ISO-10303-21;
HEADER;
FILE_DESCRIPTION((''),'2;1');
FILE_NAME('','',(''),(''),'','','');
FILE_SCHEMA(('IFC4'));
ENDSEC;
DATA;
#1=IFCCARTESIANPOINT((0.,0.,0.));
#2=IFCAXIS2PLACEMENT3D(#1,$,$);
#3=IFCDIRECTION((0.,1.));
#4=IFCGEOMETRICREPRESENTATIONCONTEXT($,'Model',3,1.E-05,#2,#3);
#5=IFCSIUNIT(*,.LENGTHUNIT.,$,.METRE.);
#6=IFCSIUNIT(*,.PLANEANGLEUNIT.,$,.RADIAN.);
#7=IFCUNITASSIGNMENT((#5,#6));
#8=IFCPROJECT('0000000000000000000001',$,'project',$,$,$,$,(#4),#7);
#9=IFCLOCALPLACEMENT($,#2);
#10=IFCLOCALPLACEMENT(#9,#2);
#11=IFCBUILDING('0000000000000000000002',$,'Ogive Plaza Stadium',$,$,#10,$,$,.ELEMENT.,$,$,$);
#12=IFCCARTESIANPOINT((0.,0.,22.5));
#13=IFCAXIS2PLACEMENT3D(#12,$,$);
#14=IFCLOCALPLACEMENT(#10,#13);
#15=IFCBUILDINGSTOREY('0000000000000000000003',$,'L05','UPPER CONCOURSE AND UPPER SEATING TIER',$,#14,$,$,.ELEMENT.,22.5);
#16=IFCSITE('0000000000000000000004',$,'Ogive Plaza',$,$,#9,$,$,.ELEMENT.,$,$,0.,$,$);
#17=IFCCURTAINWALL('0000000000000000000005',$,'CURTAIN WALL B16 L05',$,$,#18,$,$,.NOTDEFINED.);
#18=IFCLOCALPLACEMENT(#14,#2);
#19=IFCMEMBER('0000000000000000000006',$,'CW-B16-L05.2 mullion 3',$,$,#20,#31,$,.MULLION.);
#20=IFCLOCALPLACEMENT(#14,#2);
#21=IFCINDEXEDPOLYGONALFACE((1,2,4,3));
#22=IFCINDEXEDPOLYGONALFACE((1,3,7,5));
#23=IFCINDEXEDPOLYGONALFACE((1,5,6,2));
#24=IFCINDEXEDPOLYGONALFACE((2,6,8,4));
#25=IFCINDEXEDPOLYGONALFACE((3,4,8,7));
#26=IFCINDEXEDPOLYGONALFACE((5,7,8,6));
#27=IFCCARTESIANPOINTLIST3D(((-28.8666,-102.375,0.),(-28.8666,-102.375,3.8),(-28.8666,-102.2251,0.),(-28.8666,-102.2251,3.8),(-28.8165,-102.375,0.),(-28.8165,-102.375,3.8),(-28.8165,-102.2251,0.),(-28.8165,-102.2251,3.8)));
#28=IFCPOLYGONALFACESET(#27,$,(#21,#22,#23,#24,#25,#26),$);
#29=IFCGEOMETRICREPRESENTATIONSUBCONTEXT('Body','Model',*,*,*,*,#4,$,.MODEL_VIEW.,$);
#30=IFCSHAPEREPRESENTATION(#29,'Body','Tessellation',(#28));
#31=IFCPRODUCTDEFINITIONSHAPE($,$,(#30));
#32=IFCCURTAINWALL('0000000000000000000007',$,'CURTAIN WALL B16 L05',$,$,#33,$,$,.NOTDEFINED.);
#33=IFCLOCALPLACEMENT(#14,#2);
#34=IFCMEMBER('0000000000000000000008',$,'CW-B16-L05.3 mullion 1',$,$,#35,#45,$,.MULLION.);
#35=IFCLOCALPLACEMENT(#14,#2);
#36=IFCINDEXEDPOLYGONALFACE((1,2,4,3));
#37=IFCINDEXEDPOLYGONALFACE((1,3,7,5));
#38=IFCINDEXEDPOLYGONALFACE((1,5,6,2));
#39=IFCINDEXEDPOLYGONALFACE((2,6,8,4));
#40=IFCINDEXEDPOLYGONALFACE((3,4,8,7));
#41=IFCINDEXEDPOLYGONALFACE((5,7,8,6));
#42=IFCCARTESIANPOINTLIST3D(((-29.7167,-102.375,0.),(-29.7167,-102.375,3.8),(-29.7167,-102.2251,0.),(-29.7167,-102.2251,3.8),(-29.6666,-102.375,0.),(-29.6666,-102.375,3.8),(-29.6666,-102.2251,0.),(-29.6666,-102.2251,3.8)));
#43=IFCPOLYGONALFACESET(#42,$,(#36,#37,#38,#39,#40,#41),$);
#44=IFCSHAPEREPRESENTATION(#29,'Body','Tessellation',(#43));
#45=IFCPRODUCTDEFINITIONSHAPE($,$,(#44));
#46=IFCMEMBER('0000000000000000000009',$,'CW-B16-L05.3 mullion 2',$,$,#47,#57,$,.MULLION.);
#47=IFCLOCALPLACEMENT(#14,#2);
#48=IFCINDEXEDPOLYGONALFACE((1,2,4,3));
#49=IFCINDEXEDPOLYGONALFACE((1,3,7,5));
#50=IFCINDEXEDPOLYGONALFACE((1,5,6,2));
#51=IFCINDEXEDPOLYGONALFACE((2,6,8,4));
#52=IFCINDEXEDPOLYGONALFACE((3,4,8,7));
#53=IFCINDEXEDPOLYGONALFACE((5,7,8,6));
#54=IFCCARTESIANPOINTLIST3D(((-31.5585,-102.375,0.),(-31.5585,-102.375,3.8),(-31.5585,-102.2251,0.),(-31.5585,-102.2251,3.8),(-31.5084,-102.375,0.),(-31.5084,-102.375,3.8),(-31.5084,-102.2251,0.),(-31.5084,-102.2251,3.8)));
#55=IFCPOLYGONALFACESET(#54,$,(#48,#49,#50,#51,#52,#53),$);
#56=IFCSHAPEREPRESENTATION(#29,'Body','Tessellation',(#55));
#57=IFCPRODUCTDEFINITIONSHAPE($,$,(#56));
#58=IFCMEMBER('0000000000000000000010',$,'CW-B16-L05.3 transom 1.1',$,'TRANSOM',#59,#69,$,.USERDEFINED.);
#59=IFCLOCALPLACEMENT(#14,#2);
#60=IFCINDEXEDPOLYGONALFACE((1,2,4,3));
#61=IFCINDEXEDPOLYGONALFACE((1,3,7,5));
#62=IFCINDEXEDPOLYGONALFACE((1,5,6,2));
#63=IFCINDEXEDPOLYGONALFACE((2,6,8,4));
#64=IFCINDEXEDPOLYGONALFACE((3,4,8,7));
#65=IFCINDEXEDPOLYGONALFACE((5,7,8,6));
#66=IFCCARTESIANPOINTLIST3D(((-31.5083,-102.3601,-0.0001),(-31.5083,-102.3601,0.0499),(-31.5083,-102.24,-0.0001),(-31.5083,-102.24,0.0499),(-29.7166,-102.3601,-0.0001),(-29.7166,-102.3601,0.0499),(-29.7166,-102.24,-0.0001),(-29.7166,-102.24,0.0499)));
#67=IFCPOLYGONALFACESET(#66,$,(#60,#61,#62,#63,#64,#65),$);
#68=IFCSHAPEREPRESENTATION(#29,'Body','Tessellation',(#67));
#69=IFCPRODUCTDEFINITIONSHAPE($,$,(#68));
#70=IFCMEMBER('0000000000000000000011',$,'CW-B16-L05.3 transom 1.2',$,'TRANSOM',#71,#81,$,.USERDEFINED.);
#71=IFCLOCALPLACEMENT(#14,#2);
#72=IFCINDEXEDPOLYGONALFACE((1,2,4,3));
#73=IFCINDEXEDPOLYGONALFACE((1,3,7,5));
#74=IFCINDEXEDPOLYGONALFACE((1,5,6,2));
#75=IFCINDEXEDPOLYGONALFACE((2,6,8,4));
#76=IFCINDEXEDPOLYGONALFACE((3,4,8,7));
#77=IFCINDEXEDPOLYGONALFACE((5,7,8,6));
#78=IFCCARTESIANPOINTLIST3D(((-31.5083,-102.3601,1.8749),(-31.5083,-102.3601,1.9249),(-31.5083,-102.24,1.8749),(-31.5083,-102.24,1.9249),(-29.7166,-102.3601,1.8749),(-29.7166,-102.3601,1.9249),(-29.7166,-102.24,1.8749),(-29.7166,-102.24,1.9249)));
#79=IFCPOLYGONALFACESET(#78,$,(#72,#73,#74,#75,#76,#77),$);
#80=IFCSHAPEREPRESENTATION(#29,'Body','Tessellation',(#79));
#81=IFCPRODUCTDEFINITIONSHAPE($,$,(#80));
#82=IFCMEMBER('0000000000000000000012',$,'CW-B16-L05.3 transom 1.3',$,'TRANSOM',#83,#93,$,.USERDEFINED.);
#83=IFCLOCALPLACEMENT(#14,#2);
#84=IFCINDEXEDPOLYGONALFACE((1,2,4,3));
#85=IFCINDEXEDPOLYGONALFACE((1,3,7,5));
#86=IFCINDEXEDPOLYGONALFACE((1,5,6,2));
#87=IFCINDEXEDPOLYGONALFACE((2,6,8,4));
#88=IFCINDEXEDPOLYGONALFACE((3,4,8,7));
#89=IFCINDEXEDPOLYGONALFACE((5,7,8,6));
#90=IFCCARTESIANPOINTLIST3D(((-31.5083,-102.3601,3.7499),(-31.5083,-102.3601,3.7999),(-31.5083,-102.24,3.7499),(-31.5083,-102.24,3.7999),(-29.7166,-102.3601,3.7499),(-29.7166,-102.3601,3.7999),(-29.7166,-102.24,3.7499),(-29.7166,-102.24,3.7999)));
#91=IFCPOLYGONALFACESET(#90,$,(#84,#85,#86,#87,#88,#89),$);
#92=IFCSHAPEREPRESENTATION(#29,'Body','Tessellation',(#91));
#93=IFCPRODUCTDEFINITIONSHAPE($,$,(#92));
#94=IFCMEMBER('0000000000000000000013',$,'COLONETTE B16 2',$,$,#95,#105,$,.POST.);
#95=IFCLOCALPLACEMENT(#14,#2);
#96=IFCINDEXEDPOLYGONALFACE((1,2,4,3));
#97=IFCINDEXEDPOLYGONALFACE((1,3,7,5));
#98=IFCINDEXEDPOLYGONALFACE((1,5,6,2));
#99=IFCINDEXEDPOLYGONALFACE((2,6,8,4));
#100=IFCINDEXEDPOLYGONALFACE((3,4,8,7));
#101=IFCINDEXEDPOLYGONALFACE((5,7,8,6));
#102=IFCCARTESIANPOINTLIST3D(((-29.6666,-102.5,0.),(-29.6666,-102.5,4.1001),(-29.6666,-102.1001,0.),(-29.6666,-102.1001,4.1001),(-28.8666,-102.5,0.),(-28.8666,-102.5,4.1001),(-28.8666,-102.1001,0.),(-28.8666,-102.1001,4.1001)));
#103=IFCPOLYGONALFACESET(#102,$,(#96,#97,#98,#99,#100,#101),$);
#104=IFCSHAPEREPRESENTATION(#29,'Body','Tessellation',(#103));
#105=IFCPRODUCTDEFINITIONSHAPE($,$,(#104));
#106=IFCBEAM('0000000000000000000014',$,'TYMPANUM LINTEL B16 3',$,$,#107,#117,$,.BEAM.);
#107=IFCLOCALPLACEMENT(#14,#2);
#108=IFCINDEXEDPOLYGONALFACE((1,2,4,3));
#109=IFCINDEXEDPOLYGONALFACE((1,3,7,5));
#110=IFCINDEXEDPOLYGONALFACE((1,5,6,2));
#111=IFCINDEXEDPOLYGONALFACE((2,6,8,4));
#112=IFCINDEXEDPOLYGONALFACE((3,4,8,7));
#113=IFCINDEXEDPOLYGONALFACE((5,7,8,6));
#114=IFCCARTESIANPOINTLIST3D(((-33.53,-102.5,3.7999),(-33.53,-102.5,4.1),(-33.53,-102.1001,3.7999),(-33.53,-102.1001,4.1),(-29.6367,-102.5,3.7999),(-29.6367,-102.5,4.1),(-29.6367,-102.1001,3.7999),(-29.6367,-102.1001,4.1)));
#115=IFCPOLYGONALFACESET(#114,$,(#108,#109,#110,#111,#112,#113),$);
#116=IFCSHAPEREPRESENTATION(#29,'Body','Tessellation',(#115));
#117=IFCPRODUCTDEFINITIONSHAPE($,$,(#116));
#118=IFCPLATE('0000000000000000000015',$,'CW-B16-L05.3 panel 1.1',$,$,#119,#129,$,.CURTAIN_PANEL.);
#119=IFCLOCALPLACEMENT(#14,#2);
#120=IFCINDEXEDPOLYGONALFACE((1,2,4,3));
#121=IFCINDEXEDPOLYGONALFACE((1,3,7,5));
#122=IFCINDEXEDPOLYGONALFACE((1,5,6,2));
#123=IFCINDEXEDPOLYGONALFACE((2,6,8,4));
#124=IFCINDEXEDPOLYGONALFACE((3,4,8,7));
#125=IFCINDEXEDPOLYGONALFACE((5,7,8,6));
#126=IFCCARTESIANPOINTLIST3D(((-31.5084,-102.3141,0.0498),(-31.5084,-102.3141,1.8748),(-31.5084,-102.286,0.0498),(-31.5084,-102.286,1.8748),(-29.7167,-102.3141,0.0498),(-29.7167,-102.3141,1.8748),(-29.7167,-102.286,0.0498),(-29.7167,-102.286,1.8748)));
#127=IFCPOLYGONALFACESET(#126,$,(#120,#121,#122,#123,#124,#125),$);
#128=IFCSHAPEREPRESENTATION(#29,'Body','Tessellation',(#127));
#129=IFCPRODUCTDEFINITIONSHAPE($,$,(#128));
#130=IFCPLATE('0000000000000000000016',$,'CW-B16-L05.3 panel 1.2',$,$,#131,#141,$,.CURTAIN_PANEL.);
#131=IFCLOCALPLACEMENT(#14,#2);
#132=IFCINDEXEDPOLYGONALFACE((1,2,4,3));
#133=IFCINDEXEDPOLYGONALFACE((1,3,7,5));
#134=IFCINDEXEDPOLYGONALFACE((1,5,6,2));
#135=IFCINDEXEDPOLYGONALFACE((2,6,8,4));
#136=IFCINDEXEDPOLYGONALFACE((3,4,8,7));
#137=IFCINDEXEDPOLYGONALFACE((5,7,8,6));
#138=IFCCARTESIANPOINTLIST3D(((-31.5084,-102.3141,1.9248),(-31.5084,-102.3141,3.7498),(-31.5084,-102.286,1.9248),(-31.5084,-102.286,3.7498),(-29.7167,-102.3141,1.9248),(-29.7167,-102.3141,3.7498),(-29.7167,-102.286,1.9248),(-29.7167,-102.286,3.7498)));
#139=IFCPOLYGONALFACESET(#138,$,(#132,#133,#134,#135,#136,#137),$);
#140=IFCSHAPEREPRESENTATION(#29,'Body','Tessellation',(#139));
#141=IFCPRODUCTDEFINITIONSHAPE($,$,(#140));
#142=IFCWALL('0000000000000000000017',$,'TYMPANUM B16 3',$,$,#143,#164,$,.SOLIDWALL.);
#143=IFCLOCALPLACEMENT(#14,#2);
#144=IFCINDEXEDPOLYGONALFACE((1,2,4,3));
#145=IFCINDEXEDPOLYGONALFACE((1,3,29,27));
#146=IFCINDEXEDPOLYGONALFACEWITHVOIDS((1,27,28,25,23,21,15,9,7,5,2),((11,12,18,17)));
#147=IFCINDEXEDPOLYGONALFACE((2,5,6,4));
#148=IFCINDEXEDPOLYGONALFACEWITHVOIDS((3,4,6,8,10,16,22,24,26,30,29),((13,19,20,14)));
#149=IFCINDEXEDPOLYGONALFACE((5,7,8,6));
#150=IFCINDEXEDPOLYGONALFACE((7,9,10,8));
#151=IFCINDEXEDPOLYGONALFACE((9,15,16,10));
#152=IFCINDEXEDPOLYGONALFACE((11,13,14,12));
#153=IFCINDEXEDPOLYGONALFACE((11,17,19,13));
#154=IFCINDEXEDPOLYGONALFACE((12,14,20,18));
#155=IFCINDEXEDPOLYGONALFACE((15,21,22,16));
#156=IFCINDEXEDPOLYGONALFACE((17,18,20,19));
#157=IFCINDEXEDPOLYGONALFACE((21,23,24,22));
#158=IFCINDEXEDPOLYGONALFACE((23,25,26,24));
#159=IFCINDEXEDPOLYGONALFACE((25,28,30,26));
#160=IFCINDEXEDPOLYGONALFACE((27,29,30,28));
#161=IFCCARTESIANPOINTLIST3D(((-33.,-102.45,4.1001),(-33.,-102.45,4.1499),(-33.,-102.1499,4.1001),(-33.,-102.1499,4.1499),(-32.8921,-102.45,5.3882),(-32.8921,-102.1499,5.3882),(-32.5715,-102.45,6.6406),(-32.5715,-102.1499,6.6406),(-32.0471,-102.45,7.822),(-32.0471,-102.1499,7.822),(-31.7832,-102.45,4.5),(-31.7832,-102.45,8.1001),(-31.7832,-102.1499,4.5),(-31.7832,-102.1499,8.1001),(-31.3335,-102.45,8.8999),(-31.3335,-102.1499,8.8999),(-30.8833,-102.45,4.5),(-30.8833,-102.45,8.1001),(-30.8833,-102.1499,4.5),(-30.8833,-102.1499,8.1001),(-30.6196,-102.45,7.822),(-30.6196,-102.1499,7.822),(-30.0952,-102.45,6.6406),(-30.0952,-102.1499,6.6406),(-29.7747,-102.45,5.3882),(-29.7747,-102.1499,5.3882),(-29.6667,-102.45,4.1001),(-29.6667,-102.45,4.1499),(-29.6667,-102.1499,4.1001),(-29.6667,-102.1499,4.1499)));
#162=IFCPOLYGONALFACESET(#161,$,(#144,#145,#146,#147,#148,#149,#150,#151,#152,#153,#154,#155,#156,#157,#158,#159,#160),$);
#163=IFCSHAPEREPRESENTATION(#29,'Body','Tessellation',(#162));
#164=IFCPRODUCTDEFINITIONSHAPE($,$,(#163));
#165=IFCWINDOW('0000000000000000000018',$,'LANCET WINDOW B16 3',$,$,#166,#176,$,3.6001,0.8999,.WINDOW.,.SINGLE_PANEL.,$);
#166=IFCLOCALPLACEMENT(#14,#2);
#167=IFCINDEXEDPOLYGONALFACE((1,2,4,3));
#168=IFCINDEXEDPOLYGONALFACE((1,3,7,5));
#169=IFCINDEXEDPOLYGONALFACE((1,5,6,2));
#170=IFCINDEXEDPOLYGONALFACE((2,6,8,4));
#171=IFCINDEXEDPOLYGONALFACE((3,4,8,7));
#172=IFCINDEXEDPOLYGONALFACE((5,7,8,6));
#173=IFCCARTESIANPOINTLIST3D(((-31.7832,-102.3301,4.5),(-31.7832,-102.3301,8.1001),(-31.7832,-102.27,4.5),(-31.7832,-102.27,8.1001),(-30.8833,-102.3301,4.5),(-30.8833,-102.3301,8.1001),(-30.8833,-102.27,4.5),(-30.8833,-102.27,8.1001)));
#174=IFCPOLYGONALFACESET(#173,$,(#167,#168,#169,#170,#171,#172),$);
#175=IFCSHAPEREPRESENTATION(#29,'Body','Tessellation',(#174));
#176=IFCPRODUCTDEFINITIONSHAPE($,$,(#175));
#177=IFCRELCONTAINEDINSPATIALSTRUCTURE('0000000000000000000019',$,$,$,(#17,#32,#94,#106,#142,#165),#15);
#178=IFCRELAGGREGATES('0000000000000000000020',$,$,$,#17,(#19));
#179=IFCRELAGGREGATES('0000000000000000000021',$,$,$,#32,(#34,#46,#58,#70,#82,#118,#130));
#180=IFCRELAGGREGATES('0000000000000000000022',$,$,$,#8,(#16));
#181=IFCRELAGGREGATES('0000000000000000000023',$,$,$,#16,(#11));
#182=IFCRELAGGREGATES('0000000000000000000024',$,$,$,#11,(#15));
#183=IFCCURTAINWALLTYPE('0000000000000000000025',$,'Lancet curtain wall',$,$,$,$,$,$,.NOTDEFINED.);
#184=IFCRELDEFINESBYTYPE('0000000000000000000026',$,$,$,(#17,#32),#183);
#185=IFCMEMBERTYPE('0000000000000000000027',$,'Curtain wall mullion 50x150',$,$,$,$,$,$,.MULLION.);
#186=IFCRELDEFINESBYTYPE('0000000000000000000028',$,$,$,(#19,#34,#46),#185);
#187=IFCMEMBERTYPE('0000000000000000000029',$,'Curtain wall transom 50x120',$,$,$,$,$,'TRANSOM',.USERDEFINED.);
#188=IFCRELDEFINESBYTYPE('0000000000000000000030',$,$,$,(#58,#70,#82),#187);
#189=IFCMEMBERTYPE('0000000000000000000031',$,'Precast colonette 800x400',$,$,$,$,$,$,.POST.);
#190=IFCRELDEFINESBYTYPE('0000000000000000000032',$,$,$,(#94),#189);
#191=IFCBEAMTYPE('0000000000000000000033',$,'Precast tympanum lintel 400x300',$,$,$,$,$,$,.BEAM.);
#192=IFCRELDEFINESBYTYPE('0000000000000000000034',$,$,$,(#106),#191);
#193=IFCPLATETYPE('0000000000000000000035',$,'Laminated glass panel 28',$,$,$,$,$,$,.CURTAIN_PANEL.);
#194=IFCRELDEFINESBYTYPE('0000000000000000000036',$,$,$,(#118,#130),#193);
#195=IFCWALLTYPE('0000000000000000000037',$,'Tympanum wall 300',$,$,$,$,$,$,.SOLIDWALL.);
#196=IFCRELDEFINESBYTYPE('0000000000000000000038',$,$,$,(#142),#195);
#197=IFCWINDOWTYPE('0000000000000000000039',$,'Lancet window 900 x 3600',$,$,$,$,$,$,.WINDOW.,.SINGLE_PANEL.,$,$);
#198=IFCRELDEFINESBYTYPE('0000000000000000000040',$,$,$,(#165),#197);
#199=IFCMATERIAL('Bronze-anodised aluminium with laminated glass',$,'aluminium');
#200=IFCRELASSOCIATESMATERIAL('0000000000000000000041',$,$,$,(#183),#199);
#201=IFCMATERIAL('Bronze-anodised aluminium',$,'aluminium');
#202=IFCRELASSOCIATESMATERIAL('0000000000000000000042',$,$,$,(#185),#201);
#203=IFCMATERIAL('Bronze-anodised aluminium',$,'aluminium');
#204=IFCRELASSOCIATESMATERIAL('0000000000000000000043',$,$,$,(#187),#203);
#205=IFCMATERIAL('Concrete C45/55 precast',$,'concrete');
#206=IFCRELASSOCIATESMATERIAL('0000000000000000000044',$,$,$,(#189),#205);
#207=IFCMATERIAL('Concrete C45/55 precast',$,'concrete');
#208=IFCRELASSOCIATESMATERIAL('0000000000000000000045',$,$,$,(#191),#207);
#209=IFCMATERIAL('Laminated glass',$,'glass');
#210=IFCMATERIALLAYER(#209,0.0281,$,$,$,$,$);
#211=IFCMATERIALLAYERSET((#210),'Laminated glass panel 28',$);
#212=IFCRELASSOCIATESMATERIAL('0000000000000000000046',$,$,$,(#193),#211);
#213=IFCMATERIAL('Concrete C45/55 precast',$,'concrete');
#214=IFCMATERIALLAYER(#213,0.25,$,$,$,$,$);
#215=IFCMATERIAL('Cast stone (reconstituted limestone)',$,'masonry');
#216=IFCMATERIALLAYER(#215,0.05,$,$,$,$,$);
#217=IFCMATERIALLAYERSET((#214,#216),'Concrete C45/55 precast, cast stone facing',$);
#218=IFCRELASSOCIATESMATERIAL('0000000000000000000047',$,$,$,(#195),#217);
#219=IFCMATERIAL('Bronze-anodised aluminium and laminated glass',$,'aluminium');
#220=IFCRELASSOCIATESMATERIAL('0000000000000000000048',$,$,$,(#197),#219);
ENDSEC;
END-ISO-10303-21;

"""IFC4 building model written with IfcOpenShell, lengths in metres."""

from ifc_helpers import new_model, si_unit, direction, frame, frame_2d, origin, origin_2d, place, context, subcontext, project, spatial, polyline, rectangle, outline, extrude, material, layer, layer_set, material_profile, profile_set, type_object, element, fill, aggregate, save


model = new_model("IFC4")

# Units and contexts
model_context = context("Model", 3, precision=1e-05, world=origin(), true_north=direction((0.0, 1.0)))
body_context = subcontext(model_context, "Body", "Model", "MODEL_VIEW")
ifc_project = project(units=[si_unit("LENGTHUNIT", "METRE"), si_unit("PLANEANGLEUNIT", "RADIAN")], contexts=[model_context])

# Site, building, storey
site_placement = place(None, origin())
site = spatial("IfcSite", under=ifc_project, at=site_placement, Name="Ogive Plaza", CompositionType="ELEMENT", RefElevation=0.0)
building_placement = place(site_placement, origin())
building = spatial("IfcBuilding", under=site, at=building_placement, Name="Ogive Plaza Stadium", CompositionType="ELEMENT")
storey_placement = place(building_placement, frame((0.0, 0.0, 22.5)))
storey = spatial("IfcBuildingStorey", under=building, at=storey_placement, Name="L05", Description="UPPER CONCOURSE AND UPPER SEATING TIER", CompositionType="ELEMENT", Elevation=22.5)

# Curtain wall, member
ifc_material_1 = material(Name="Bronze-anodised aluminium with laminated glass", Category="aluminium")
curtain_wall_type = type_object("IfcCurtainWallType", Name="Lancet curtain wall", PredefinedType="NOTDEFINED", material=ifc_material_1)
curtain_wall_1_placement = place(storey_placement, origin())
curtain_wall_1 = element("IfcCurtainWall", 1, at=curtain_wall_1_placement, inside=storey, type_object=curtain_wall_type, Name="CURTAIN WALL B16 L05", PredefinedType="NOTDEFINED")
ifc_material_2 = material(Name="Bronze-anodised aluminium", Category="aluminium")
ifc_material_profile_1 = material_profile(ifc_material_2, rectangle(XDim=0.1499, YDim=0.05, at=origin_2d()), Name="AL 150x50")
ifc_profile_set_1 = profile_set([ifc_material_profile_1], Name="Bronze-anodised aluminium")
member_type_1 = type_object("IfcMemberType", Name="Curtain wall mullion 50x150", PredefinedType="MULLION", material=ifc_profile_set_1)
member_1_placement = place(storey_placement, frame((-28.8416, -102.3, 0.0), z_axis=(0.0, 0.0, 1.0), x_axis=(0.0, -1.0, 0.0)))
member_1 = element("IfcMember", 2, at=member_1_placement, type_object=member_type_1, Name="CW-B16-L05.2 mullion 3", PredefinedType="MULLION", context=body_context, shape_type="SweptSolid", body=[
    extrude(rectangle(XDim=0.1499, YDim=0.05, at=origin_2d()), origin(), (0.0, 0.0, 1.0), 3.8),
])
aggregate(curtain_wall_1, [member_1])

# Curtain wall, members
curtain_wall_2_placement = place(storey_placement, origin())
curtain_wall_2 = element("IfcCurtainWall", 3, at=curtain_wall_2_placement, inside=storey, type_object=curtain_wall_type, Name="CURTAIN WALL B16 L05", PredefinedType="NOTDEFINED")
member_2_placement = place(storey_placement, frame((-29.6917, -102.3, 0.0), z_axis=(0.0, 0.0, 1.0), x_axis=(0.0, -1.0, 0.0)))
member_2 = element("IfcMember", 4, at=member_2_placement, type_object=member_type_1, Name="CW-B16-L05.3 mullion 1", PredefinedType="MULLION", context=body_context, shape_type="SweptSolid", body=[
    extrude(rectangle(XDim=0.1499, YDim=0.05, at=origin_2d()), origin(), (0.0, 0.0, 1.0), 3.8),
])
member_3_placement = place(storey_placement, frame((-31.5334, -102.3, 0.0), z_axis=(0.0, 0.0, 1.0), x_axis=(0.0, -1.0, 0.0)))
member_3 = element("IfcMember", 5, at=member_3_placement, type_object=member_type_1, Name="CW-B16-L05.3 mullion 2", PredefinedType="MULLION", context=body_context, shape_type="SweptSolid", body=[
    extrude(rectangle(XDim=0.1499, YDim=0.05, at=origin_2d()), origin(), (0.0, 0.0, 1.0), 3.8),
])
ifc_material_3 = material(Name="Bronze-anodised aluminium", Category="aluminium")
ifc_material_profile_2 = material_profile(ifc_material_3, rectangle(XDim=0.1201, YDim=0.05, at=origin_2d()), Name="AL 120x50")
ifc_profile_set_2 = profile_set([ifc_material_profile_2], Name="Bronze-anodised aluminium")
member_type_2 = type_object("IfcMemberType", Name="Curtain wall transom 50x120", ElementType="TRANSOM", PredefinedType="USERDEFINED", material=ifc_profile_set_2)
member_4_placement = place(storey_placement, frame((-29.7166, -102.3, 0.0249), z_axis=(-1.0, 0.0, 0.0), x_axis=(0.0, -1.0, 0.0)))
member_4 = element("IfcMember", 6, at=member_4_placement, type_object=member_type_2, Name="CW-B16-L05.3 transom 1.1", ObjectType="TRANSOM", PredefinedType="USERDEFINED", context=body_context, shape_type="SweptSolid", body=[
    extrude(rectangle(XDim=0.1201, YDim=0.05, at=origin_2d()), origin(), (0.0, 0.0, 1.0), 1.7917),
])
member_5_placement = place(storey_placement, frame((-29.7166, -102.3, 1.8999), z_axis=(-1.0, 0.0, 0.0), x_axis=(0.0, -1.0, 0.0)))
member_5 = element("IfcMember", 7, at=member_5_placement, type_object=member_type_2, Name="CW-B16-L05.3 transom 1.2", ObjectType="TRANSOM", PredefinedType="USERDEFINED", context=body_context, shape_type="SweptSolid", body=[
    extrude(rectangle(XDim=0.1201, YDim=0.05, at=origin_2d()), origin(), (0.0, 0.0, 1.0), 1.7917),
])
member_6_placement = place(storey_placement, frame((-29.7166, -102.3, 3.7749), z_axis=(-1.0, 0.0, 0.0), x_axis=(0.0, -1.0, 0.0)))
member_6 = element("IfcMember", 8, at=member_6_placement, type_object=member_type_2, Name="CW-B16-L05.3 transom 1.3", ObjectType="TRANSOM", PredefinedType="USERDEFINED", context=body_context, shape_type="SweptSolid", body=[
    extrude(rectangle(XDim=0.1201, YDim=0.05, at=origin_2d()), origin(), (0.0, 0.0, 1.0), 1.7917),
])

# Member
ifc_material_4 = material(Name="Concrete C45/55 precast", Category="concrete")
ifc_material_profile_3 = material_profile(ifc_material_4, rectangle(XDim=0.3999, YDim=0.8, at=origin_2d()), Name="RC 400x800")
ifc_profile_set_3 = profile_set([ifc_material_profile_3], Name="Concrete C45/55 precast")
member_type_3 = type_object("IfcMemberType", Name="Precast colonette 800x400", PredefinedType="POST", material=ifc_profile_set_3)
member_7_placement = place(storey_placement, frame((-29.2666, -102.3, 0.0), z_axis=(0.0, 0.0, 1.0), x_axis=(0.0, -1.0, 0.0)))
element("IfcMember", 9, at=member_7_placement, inside=storey, type_object=member_type_3, Name="COLONETTE B16 2", PredefinedType="POST", context=body_context, shape_type="SweptSolid", body=[
    extrude(rectangle(XDim=0.3999, YDim=0.8, at=origin_2d()), origin(), (0.0, 0.0, 1.0), 4.1001),
])

# Beam
ifc_material_5 = material(Name="Concrete C45/55 precast", Category="concrete")
ifc_material_profile_4 = material_profile(ifc_material_5, rectangle(XDim=0.3999, YDim=0.3, at=origin_2d()), Name="RC 400x300")
ifc_profile_set_4 = profile_set([ifc_material_profile_4], Name="Concrete C45/55 precast")
beam_type = type_object("IfcBeamType", Name="Precast tympanum lintel 400x300", PredefinedType="BEAM", material=ifc_profile_set_4)
beam_placement = place(storey_placement, frame((-29.6367, -102.3, 3.95), z_axis=(-1.0, 0.0, 0.0), x_axis=(0.0, -1.0, 0.0)))
element("IfcBeam", 10, at=beam_placement, inside=storey, type_object=beam_type, Name="TYMPANUM LINTEL B16 3", PredefinedType="BEAM", context=body_context, shape_type="SweptSolid", body=[
    extrude(rectangle(XDim=0.3999, YDim=0.3, at=origin_2d()), origin(), (0.0, 0.0, 1.0), 3.8933),
])

# Plates
ifc_material_6 = material(Name="Laminated glass", Category="glass")
ifc_layer_1 = layer(ifc_material_6, 0.0281)
ifc_layer_set_1 = layer_set([ifc_layer_1], Name="Laminated glass panel 28")
plate_type = type_object("IfcPlateType", Name="Laminated glass panel 28", PredefinedType="CURTAIN_PANEL", material=ifc_layer_set_1)
plate_1_placement = place(storey_placement, frame((-30.6125, -102.3, 0.0498), z_axis=(0.0, 0.0, 1.0), x_axis=(-1.0, 0.0, 0.0)))
plate_1 = element("IfcPlate", 11, at=plate_1_placement, type_object=plate_type, Name="CW-B16-L05.3 panel 1.1", PredefinedType="CURTAIN_PANEL", context=body_context, shape_type="SweptSolid", body=[
    extrude(rectangle(XDim=1.7917, YDim=0.0281, at=origin_2d()), origin(), (0.0, 0.0, 1.0), 1.825),
])
plate_2_placement = place(storey_placement, frame((-30.6125, -102.3, 1.9248), z_axis=(0.0, 0.0, 1.0), x_axis=(-1.0, 0.0, 0.0)))
plate_2 = element("IfcPlate", 12, at=plate_2_placement, type_object=plate_type, Name="CW-B16-L05.3 panel 1.2", PredefinedType="CURTAIN_PANEL", context=body_context, shape_type="SweptSolid", body=[
    extrude(rectangle(XDim=1.7917, YDim=0.0281, at=origin_2d()), origin(), (0.0, 0.0, 1.0), 1.825),
])
aggregate(curtain_wall_2, [member_2, member_3, member_4, member_5, member_6, plate_1, plate_2])

# Wall, opening, window
ifc_material_7 = material(Name="Concrete C45/55 precast", Category="concrete")
ifc_layer_2 = layer(ifc_material_7, 0.25)
ifc_material_8 = material(Name="Cast stone (reconstituted limestone)", Category="masonry")
ifc_layer_3 = layer(ifc_material_8, 0.05)
ifc_layer_set_2 = layer_set([ifc_layer_2, ifc_layer_3], Name="Concrete C45/55 precast, cast stone facing")
wall_type = type_object("IfcWallType", Name="Tympanum wall 300", PredefinedType="SOLIDWALL", material=ifc_layer_set_2)
wall_placement = place(storey_placement, frame((-29.6667, -102.3, 4.1001), z_axis=(0.0, 0.0, 1.0), x_axis=(-1.0, 0.0, 0.0)))
wall = element("IfcWall", 13, at=wall_placement, inside=storey, type_object=wall_type, Name="TYMPANUM B16 3", PredefinedType="SOLIDWALL", context=body_context, shape_type="SweptSolid", body=[
    extrude(outline(polyline([(0.0, 0.0), (3.3333, 0.0), (3.3333, 0.0498), (3.2253, 1.2881), (2.9048, 2.5405), (2.3804, 3.7219), (1.6667, 4.7998), (0.9529, 3.7219), (0.4285, 2.5405), (0.1079, 1.2881), (0.0, 0.0498), (0.0, 0.0)])), frame((0.0, 0.1499, 0.0), z_axis=(0.0, -1.0, 0.0), x_axis=(1.0, 0.0, 0.0)), (0.0, 0.0, 1.0), 0.3),
])
opening_placement = place(wall_placement, frame((1.2166, 0.0, 0.3999)))
opening = element("IfcOpeningElement", 14, at=opening_placement, cuts=wall, PredefinedType="OPENING", context=body_context, shape_type="SweptSolid", body=[
    extrude(rectangle(XDim=0.8999, YDim=3.6001, at=frame_2d((0.45, 1.8))), frame((0.0, 0.1602, 0.0), z_axis=(0.0, -1.0, 0.0), x_axis=(1.0, 0.0, 0.0)), (0.0, 0.0, 1.0), 0.3201),
])
ifc_material_9 = material(Name="Bronze-anodised aluminium and laminated glass", Category="aluminium")
window_type = type_object("IfcWindowType", Name="Lancet window 900 x 3600", PartitioningType="SINGLE_PANEL", PredefinedType="WINDOW", material=ifc_material_9)
window_placement = place(opening_placement, origin())
window = element("IfcWindow", 15, at=window_placement, inside=storey, type_object=window_type, Name="LANCET WINDOW B16 3", OverallHeight=3.6001, OverallWidth=0.8999, PartitioningType="SINGLE_PANEL", PredefinedType="WINDOW", context=body_context, shape_type="SweptSolid", body=[
    extrude(rectangle(XDim=0.8999, YDim=3.6001, at=frame_2d((0.45, 1.8))), frame((0.0, 0.03, 0.0), z_axis=(0.0, -1.0, 0.0), x_axis=(1.0, 0.0, 0.0)), (0.0, 0.0, 1.0), 0.0601),
])
fill(opening, window)

save(model, "model.ifc")
